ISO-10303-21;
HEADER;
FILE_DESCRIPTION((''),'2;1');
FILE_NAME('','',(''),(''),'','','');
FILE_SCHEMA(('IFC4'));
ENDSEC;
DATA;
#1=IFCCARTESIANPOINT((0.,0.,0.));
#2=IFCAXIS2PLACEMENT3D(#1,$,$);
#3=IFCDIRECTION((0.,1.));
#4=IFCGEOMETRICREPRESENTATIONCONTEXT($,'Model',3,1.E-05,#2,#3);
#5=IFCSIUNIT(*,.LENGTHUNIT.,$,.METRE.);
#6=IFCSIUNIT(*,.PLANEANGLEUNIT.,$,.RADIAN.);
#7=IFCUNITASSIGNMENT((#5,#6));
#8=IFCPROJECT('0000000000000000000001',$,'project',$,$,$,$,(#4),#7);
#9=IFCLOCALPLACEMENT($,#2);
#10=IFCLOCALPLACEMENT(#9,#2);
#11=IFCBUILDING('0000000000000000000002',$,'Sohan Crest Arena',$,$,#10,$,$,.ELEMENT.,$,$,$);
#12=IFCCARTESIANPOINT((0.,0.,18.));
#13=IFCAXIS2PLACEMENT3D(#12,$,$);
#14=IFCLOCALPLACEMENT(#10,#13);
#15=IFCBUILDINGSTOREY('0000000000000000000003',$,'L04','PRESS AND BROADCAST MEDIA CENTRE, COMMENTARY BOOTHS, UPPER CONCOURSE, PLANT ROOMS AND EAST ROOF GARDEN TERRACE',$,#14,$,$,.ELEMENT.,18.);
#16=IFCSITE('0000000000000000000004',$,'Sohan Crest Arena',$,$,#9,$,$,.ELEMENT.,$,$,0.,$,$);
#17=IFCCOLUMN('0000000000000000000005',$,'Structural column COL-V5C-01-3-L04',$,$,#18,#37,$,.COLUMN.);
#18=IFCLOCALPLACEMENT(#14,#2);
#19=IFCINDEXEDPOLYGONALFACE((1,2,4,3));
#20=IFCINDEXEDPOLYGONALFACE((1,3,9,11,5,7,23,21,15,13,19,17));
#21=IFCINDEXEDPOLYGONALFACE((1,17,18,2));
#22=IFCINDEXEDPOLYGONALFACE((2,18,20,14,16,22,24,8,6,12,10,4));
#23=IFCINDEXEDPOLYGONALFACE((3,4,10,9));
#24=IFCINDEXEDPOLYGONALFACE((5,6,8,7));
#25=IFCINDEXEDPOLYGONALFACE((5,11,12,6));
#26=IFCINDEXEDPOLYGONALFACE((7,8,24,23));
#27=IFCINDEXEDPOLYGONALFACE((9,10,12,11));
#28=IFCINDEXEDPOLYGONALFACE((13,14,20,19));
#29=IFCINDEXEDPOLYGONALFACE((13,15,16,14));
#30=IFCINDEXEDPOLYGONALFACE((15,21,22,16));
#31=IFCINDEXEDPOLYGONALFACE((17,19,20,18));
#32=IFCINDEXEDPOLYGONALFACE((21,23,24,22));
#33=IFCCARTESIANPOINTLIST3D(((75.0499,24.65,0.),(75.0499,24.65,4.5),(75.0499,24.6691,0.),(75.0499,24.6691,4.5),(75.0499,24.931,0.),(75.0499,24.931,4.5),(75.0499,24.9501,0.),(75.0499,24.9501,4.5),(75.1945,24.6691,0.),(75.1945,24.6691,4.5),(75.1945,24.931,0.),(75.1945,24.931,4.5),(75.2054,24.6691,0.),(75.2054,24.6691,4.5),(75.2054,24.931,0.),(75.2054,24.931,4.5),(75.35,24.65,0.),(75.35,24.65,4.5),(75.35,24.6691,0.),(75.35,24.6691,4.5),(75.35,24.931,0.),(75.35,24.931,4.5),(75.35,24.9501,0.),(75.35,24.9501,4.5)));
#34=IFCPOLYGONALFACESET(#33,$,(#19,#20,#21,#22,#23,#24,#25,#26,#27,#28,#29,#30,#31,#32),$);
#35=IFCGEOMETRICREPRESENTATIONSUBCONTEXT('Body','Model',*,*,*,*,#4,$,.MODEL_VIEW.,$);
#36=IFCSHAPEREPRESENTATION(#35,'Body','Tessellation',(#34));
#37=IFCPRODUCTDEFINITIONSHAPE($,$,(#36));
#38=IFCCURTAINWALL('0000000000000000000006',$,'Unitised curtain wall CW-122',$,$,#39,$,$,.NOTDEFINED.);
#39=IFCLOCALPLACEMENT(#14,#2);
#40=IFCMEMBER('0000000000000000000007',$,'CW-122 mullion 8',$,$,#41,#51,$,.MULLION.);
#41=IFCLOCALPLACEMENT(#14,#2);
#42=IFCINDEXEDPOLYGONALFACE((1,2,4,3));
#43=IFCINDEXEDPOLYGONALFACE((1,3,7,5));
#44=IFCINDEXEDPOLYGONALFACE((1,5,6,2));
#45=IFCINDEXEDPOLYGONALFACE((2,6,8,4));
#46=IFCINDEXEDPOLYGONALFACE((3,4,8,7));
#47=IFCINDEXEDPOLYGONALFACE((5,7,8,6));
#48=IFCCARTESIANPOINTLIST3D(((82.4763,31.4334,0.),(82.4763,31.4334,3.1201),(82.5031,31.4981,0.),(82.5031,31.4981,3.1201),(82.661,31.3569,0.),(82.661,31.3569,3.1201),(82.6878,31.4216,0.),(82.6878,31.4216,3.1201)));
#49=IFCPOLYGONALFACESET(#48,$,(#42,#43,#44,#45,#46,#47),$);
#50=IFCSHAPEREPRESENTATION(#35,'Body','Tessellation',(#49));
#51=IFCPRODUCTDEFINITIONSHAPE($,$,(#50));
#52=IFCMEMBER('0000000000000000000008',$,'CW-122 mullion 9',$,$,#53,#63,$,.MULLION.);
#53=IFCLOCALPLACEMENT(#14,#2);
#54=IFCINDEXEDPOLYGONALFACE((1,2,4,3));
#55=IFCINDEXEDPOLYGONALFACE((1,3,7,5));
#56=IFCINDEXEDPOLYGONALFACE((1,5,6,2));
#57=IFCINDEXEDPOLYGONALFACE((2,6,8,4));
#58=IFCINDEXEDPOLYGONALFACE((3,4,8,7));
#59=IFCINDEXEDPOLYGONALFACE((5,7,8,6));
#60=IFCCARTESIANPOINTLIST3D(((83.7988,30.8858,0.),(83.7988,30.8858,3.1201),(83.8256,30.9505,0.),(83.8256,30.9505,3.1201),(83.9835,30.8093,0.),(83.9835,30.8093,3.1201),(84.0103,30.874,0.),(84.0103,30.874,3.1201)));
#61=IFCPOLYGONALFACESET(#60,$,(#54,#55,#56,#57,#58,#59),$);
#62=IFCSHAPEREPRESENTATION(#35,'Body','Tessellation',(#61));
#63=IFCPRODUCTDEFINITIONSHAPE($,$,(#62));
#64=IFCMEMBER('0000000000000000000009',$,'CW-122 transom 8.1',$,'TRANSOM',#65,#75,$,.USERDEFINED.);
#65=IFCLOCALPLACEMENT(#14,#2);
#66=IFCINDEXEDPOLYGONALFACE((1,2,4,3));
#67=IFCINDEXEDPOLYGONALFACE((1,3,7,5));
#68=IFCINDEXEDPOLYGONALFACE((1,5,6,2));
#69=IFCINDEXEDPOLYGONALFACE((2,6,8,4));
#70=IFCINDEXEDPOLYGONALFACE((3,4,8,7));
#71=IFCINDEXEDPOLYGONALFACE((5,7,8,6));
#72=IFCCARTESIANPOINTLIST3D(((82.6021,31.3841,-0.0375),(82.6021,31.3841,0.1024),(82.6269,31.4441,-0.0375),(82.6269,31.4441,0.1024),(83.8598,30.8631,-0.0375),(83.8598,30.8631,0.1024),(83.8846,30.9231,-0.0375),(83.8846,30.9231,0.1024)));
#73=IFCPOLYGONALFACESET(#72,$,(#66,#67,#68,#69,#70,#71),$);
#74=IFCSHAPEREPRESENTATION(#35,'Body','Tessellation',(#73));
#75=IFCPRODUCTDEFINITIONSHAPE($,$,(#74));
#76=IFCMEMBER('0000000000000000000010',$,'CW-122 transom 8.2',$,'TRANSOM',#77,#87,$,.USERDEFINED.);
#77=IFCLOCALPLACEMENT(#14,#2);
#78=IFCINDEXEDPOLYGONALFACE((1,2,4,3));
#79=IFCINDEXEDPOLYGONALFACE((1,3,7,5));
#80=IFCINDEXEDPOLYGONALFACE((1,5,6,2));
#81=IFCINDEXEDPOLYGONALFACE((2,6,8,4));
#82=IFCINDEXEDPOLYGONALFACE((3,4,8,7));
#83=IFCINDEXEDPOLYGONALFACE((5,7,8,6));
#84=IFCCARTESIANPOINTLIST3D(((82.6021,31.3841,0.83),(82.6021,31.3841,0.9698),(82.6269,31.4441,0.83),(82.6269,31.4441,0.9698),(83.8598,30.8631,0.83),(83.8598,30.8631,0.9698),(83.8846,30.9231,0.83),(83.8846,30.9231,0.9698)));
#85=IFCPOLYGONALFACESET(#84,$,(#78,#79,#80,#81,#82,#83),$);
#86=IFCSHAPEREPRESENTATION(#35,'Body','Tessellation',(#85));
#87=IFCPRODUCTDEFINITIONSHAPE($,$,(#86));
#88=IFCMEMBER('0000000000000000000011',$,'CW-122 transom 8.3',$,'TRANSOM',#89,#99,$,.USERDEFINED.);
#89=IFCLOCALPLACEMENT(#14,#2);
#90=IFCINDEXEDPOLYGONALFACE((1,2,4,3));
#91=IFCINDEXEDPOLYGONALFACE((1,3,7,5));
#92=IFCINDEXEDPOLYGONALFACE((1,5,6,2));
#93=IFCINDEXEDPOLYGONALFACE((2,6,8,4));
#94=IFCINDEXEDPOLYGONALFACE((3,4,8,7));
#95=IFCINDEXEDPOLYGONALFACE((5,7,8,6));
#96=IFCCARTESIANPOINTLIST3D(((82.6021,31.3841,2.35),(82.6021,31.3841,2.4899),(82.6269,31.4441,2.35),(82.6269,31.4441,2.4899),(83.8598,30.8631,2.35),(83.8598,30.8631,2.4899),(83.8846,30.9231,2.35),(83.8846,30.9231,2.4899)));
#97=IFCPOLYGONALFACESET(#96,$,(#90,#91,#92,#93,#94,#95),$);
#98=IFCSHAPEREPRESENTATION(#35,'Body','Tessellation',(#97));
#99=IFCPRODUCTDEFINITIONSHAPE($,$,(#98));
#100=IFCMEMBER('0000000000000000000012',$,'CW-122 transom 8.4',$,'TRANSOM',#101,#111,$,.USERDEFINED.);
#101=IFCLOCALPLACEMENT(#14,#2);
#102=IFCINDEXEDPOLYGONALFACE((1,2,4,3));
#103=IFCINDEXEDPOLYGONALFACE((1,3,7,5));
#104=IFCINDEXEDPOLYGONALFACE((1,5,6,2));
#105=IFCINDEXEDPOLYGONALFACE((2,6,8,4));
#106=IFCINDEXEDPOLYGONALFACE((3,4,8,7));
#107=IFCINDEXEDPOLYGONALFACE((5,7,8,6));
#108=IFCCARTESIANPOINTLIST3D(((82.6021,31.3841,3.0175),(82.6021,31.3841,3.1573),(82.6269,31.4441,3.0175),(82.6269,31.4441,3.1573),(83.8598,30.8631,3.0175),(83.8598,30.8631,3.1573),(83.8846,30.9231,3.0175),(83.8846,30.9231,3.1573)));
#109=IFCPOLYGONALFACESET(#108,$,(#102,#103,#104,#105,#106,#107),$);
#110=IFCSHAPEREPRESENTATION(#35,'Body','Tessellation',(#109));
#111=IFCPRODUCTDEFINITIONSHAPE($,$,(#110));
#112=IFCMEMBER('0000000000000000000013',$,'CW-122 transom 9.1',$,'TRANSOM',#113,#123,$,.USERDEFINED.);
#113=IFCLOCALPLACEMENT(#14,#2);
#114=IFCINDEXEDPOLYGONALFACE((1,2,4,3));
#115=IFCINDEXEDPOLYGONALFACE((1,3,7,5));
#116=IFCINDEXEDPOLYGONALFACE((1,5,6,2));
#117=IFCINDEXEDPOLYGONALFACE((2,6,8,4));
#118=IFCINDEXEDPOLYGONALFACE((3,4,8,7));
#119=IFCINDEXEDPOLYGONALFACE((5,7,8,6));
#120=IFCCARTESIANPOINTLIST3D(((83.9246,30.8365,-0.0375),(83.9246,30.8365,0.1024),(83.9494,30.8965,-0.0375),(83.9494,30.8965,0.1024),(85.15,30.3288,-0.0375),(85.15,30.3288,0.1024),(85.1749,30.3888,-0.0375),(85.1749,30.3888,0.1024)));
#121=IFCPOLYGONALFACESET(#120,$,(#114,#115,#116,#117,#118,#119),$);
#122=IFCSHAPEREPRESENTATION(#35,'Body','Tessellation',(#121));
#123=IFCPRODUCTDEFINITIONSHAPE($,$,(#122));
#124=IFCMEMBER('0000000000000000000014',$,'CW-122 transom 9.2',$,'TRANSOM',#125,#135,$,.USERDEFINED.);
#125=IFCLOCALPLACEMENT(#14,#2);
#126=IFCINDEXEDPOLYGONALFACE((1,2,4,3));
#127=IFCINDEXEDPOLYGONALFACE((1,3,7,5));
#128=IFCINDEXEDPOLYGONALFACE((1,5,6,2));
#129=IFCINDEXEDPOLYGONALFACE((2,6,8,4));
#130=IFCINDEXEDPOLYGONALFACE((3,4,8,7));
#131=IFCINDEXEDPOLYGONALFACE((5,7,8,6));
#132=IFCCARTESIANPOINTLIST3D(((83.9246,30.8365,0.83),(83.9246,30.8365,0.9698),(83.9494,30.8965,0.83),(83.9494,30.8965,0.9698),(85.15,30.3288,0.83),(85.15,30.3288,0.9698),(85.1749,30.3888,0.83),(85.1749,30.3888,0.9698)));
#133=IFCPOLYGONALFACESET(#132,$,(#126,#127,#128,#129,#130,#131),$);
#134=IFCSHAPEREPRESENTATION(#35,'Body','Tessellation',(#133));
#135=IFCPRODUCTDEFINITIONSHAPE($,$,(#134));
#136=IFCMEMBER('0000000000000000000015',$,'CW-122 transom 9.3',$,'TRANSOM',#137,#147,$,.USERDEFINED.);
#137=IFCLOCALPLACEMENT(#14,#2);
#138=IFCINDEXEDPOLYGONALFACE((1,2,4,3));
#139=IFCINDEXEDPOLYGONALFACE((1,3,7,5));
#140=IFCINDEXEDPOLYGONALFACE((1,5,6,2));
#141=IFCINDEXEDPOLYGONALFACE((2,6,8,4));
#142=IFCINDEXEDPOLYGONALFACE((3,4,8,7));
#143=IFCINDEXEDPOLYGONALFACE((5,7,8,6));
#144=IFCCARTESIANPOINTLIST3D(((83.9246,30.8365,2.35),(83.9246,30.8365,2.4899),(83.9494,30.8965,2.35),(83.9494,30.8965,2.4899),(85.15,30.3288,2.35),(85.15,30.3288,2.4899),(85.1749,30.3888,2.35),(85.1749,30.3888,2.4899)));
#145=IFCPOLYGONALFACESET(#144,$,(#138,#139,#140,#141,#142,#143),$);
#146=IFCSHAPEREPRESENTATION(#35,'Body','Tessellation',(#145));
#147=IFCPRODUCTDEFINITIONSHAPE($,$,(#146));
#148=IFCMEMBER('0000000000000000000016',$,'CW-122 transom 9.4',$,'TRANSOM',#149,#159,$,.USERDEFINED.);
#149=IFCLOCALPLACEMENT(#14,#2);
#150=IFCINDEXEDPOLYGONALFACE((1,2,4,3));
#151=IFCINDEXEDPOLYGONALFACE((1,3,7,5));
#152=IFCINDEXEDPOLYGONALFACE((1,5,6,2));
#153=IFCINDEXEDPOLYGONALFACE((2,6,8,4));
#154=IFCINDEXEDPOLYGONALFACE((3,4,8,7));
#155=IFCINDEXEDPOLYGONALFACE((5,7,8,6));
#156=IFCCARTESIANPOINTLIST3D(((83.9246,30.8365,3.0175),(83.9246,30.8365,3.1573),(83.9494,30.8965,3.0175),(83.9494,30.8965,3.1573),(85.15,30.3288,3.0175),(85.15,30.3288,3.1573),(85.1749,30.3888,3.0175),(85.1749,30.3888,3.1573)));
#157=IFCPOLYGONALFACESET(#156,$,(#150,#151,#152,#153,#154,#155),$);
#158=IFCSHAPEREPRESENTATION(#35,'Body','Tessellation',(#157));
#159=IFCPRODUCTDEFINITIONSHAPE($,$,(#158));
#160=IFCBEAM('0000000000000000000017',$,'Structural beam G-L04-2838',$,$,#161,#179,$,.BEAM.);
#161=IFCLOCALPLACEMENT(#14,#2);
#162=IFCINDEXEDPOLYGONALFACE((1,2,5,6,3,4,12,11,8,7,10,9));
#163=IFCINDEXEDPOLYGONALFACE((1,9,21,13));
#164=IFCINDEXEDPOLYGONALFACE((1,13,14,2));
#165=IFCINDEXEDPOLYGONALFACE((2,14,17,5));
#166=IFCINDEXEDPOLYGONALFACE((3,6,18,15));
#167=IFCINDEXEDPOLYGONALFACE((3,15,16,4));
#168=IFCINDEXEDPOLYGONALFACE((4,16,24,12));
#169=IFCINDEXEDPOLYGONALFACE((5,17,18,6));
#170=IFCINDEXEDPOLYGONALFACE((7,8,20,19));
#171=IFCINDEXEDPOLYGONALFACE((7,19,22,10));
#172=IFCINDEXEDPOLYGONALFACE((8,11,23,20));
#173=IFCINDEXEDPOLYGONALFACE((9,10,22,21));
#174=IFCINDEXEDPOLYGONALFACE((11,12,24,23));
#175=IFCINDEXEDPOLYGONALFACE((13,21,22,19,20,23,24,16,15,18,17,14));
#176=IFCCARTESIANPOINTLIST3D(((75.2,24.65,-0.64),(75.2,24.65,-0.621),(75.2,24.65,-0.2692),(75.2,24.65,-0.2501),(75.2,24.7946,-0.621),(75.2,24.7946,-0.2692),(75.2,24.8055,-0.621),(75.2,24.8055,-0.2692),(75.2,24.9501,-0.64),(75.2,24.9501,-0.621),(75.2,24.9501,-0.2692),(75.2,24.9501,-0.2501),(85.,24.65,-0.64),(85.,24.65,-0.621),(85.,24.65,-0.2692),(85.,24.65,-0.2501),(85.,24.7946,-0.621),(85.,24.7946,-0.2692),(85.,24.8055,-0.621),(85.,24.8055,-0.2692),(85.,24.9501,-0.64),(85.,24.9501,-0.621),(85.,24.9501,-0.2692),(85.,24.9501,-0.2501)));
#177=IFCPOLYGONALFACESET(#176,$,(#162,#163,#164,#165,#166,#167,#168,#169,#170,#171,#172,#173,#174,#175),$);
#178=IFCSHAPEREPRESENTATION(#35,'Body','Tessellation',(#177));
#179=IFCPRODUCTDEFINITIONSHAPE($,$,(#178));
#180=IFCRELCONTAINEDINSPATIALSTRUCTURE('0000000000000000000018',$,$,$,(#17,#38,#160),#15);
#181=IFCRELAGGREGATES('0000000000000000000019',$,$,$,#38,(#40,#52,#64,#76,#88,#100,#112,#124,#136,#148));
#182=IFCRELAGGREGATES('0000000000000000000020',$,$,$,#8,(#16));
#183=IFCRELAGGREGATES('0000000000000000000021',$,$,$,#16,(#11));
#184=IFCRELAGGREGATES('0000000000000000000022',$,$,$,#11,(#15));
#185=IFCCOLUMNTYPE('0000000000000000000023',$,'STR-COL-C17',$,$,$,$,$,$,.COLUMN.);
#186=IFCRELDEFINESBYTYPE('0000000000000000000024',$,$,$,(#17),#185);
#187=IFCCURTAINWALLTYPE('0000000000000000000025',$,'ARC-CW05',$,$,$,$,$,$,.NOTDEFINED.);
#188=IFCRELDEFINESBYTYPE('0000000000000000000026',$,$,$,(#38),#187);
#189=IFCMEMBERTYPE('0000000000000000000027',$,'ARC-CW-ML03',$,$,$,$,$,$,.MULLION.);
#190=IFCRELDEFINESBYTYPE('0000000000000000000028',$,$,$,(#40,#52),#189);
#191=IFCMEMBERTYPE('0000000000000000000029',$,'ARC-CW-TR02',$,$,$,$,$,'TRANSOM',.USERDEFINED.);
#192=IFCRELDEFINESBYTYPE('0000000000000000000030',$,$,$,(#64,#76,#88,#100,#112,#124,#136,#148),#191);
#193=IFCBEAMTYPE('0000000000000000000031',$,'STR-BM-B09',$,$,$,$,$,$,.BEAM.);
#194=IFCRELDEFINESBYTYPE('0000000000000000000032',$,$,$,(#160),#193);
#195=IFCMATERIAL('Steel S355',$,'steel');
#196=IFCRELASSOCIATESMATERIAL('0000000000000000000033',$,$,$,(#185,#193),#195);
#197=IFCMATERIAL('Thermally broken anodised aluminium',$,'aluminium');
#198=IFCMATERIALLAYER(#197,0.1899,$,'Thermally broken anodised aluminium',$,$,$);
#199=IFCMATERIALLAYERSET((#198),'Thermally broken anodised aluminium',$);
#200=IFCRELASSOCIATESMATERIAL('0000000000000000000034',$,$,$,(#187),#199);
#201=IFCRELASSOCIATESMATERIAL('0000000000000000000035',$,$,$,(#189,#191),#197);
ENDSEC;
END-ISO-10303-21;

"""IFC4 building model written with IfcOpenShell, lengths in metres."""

from ifc_helpers import new_model, si_unit, direction, frame, origin, origin_2d, place, context, subcontext, project, spatial, rectangle, i_section, extrude, material, layer, layer_set, material_profile, profile_set, type_object, element, aggregate, save


model = new_model("IFC4")

# Units and contexts
model_context = context("Model", 3, precision=1e-05, world=origin(), true_north=direction((0.0, 1.0)))
body_context = subcontext(model_context, "Body", "Model", "MODEL_VIEW")
ifc_project = project(units=[si_unit("LENGTHUNIT", "METRE"), si_unit("PLANEANGLEUNIT", "RADIAN")], contexts=[model_context])

# Site, building, storey
site_placement = place(None, origin())
site = spatial("IfcSite", under=ifc_project, at=site_placement, Name="Sohan Crest Arena", CompositionType="ELEMENT", RefElevation=0.0)
building_placement = place(site_placement, origin())
building = spatial("IfcBuilding", under=site, at=building_placement, Name="Sohan Crest Arena", CompositionType="ELEMENT")
storey_placement = place(building_placement, frame((0.0, 0.0, 18.0)))
storey = spatial("IfcBuildingStorey", under=building, at=storey_placement, Name="L04", Description="PRESS AND BROADCAST MEDIA CENTRE, COMMENTARY BOOTHS, UPPER CONCOURSE, PLANT ROOMS AND EAST ROOF GARDEN TERRACE", CompositionType="ELEMENT", Elevation=18.0)

# Column
ifc_material_1 = material(Name="Steel S355", Category="steel")
ifc_material_profile_1 = material_profile(ifc_material_1, i_section(OverallWidth=0.3, OverallDepth=0.3, WebThickness=0.011, FlangeThickness=0.019, at=origin_2d()), Name="HEB 300")
ifc_profile_set_1 = profile_set([ifc_material_profile_1], Name="Steel S355")
column_type = type_object("IfcColumnType", Name="STR-COL-C17", PredefinedType="COLUMN", material=ifc_profile_set_1)
column_placement = place(storey_placement, frame((75.2, 24.8, 0.0), z_axis=(0.0, 0.0, 1.0), x_axis=(1.0, 0.0, 0.0)))
element("IfcColumn", 1, at=column_placement, inside=storey, type_object=column_type, Name="Structural column COL-V5C-01-3-L04", PredefinedType="COLUMN", context=body_context, shape_type="SweptSolid", body=[
    extrude(i_section(OverallWidth=0.3, OverallDepth=0.3, WebThickness=0.011, FlangeThickness=0.019, at=origin_2d()), origin(), (0.0, 0.0, 1.0), 4.5),
])

# Curtain wall, members
ifc_material_2 = material(Name="Thermally broken anodised aluminium", Category="aluminium")
ifc_layer_1 = layer(ifc_material_2, 0.1899, Name="Thermally broken anodised aluminium")
ifc_layer_set_1 = layer_set([ifc_layer_1], Name="Thermally broken anodised aluminium")
curtain_wall_type = type_object("IfcCurtainWallType", Name="ARC-CW05", PredefinedType="NOTDEFINED", material=ifc_layer_set_1)
curtain_wall_placement = place(storey_placement, origin())
curtain_wall = element("IfcCurtainWall", 2, at=curtain_wall_placement, inside=storey, type_object=curtain_wall_type, Name="Unitised curtain wall CW-122", PredefinedType="NOTDEFINED")
ifc_material_profile_2 = material_profile(ifc_material_2, rectangle(XDim=0.0701, YDim=0.2, at=origin_2d()), Name="ALU-MULL 70x200")
ifc_profile_set_2 = profile_set([ifc_material_profile_2], Name="Thermally broken anodised aluminium")
member_type_1 = type_object("IfcMemberType", Name="ARC-CW-ML03", PredefinedType="MULLION", material=ifc_profile_set_2)
member_1_placement = place(storey_placement, frame((82.582, 31.4275, 0.0), z_axis=(0.0, 0.0, 1.0), x_axis=(0.382685, 0.923879, 0.0)))
member_1 = element("IfcMember", 3, at=member_1_placement, type_object=member_type_1, Name="CW-122 mullion 8", PredefinedType="MULLION", context=body_context, shape_type="SweptSolid", body=[
    extrude(rectangle(XDim=0.0701, YDim=0.2, at=origin_2d()), origin(), (0.0, 0.0, 1.0), 3.1201),
])
member_2_placement = place(storey_placement, frame((83.9045, 30.8799, 0.0), z_axis=(0.0, 0.0, 1.0), x_axis=(0.382685, 0.923879, 0.0)))
member_2 = element("IfcMember", 4, at=member_2_placement, type_object=member_type_1, Name="CW-122 mullion 9", PredefinedType="MULLION", context=body_context, shape_type="SweptSolid", body=[
    extrude(rectangle(XDim=0.0701, YDim=0.2, at=origin_2d()), origin(), (0.0, 0.0, 1.0), 3.1201),
])
ifc_material_profile_3 = material_profile(ifc_material_2, rectangle(XDim=0.0649, YDim=0.1399, at=origin_2d()), Name="ALU-TRAN 65x140")
ifc_profile_set_3 = profile_set([ifc_material_profile_3], Name="Thermally broken anodised aluminium")
member_type_2 = type_object("IfcMemberType", Name="ARC-CW-TR02", ElementType="TRANSOM", PredefinedType="USERDEFINED", material=ifc_profile_set_3)
member_3_placement = place(storey_placement, frame((82.6145, 31.4141, 0.0325), z_axis=(0.923881, -0.382679, 0.0), x_axis=(0.382679, 0.923881, 0.0)))
member_3 = element("IfcMember", 5, at=member_3_placement, type_object=member_type_2, Name="CW-122 transom 8.1", ObjectType="TRANSOM", PredefinedType="USERDEFINED", context=body_context, shape_type="SweptSolid", body=[
    extrude(rectangle(XDim=0.0649, YDim=0.1399, at=origin_2d()), origin(), (0.0, 0.0, 1.0), 1.3613),
])
member_4_placement = place(storey_placement, frame((82.6145, 31.4141, 0.8999), z_axis=(0.923881, -0.382679, 0.0), x_axis=(0.382679, 0.923881, 0.0)))
member_4 = element("IfcMember", 6, at=member_4_placement, type_object=member_type_2, Name="CW-122 transom 8.2", ObjectType="TRANSOM", PredefinedType="USERDEFINED", context=body_context, shape_type="SweptSolid", body=[
    extrude(rectangle(XDim=0.0649, YDim=0.1399, at=origin_2d()), origin(), (0.0, 0.0, 1.0), 1.3613),
])
member_5_placement = place(storey_placement, frame((82.6145, 31.4141, 2.4199), z_axis=(0.923881, -0.382679, 0.0), x_axis=(0.382679, 0.923881, 0.0)))
member_5 = element("IfcMember", 7, at=member_5_placement, type_object=member_type_2, Name="CW-122 transom 8.3", ObjectType="TRANSOM", PredefinedType="USERDEFINED", context=body_context, shape_type="SweptSolid", body=[
    extrude(rectangle(XDim=0.0649, YDim=0.1399, at=origin_2d()), origin(), (0.0, 0.0, 1.0), 1.3613),
])
member_6_placement = place(storey_placement, frame((82.6145, 31.4141, 3.0874), z_axis=(0.923881, -0.382679, 0.0), x_axis=(0.382679, 0.923881, 0.0)))
member_6 = element("IfcMember", 8, at=member_6_placement, type_object=member_type_2, Name="CW-122 transom 8.4", ObjectType="TRANSOM", PredefinedType="USERDEFINED", context=body_context, shape_type="SweptSolid", body=[
    extrude(rectangle(XDim=0.0649, YDim=0.1399, at=origin_2d()), origin(), (0.0, 0.0, 1.0), 1.3613),
])
member_7_placement = place(storey_placement, frame((83.937, 30.8665, 0.0325), z_axis=(0.923875, -0.382693, 0.0), x_axis=(0.382693, 0.923875, 0.0)))
member_7 = element("IfcMember", 9, at=member_7_placement, type_object=member_type_2, Name="CW-122 transom 9.1", ObjectType="TRANSOM", PredefinedType="USERDEFINED", context=body_context, shape_type="SweptSolid", body=[
    extrude(rectangle(XDim=0.0649, YDim=0.1399, at=origin_2d()), origin(), (0.0, 0.0, 1.0), 1.3264),
])
member_8_placement = place(storey_placement, frame((83.937, 30.8665, 0.8999), z_axis=(0.923875, -0.382693, 0.0), x_axis=(0.382693, 0.923875, 0.0)))
member_8 = element("IfcMember", 10, at=member_8_placement, type_object=member_type_2, Name="CW-122 transom 9.2", ObjectType="TRANSOM", PredefinedType="USERDEFINED", context=body_context, shape_type="SweptSolid", body=[
    extrude(rectangle(XDim=0.0649, YDim=0.1399, at=origin_2d()), origin(), (0.0, 0.0, 1.0), 1.3264),
])
member_9_placement = place(storey_placement, frame((83.937, 30.8665, 2.4199), z_axis=(0.923875, -0.382693, 0.0), x_axis=(0.382693, 0.923875, 0.0)))
member_9 = element("IfcMember", 11, at=member_9_placement, type_object=member_type_2, Name="CW-122 transom 9.3", ObjectType="TRANSOM", PredefinedType="USERDEFINED", context=body_context, shape_type="SweptSolid", body=[
    extrude(rectangle(XDim=0.0649, YDim=0.1399, at=origin_2d()), origin(), (0.0, 0.0, 1.0), 1.3264),
])
member_10_placement = place(storey_placement, frame((83.937, 30.8665, 3.0874), z_axis=(0.923875, -0.382693, 0.0), x_axis=(0.382693, 0.923875, 0.0)))
member_10 = element("IfcMember", 12, at=member_10_placement, type_object=member_type_2, Name="CW-122 transom 9.4", ObjectType="TRANSOM", PredefinedType="USERDEFINED", context=body_context, shape_type="SweptSolid", body=[
    extrude(rectangle(XDim=0.0649, YDim=0.1399, at=origin_2d()), origin(), (0.0, 0.0, 1.0), 1.3264),
])

# Beam
ifc_material_profile_4 = material_profile(ifc_material_1, i_section(OverallWidth=0.3, OverallDepth=0.3899, WebThickness=0.011, FlangeThickness=0.019, at=origin_2d()), Name="HEA 400")
ifc_profile_set_4 = profile_set([ifc_material_profile_4], Name="Steel S355")
beam_type = type_object("IfcBeamType", Name="STR-BM-B09", PredefinedType="BEAM", material=ifc_profile_set_4)
beam_placement = place(storey_placement, frame((75.2, 24.8, -0.4451), z_axis=(1.0, 0.0, 0.0), x_axis=(0.0, 1.0, 0.0)))
element("IfcBeam", 13, at=beam_placement, inside=storey, type_object=beam_type, Name="Structural beam G-L04-2838", PredefinedType="BEAM", context=body_context, shape_type="SweptSolid", body=[
    extrude(i_section(OverallWidth=0.3, OverallDepth=0.3899, WebThickness=0.011, FlangeThickness=0.019, at=origin_2d()), origin(), (0.0, 0.0, 1.0), 9.8),
])

aggregate(curtain_wall, [member_1, member_2, member_3, member_4, member_5, member_6, member_7, member_8, member_9, member_10])

save(model, "model.ifc")
